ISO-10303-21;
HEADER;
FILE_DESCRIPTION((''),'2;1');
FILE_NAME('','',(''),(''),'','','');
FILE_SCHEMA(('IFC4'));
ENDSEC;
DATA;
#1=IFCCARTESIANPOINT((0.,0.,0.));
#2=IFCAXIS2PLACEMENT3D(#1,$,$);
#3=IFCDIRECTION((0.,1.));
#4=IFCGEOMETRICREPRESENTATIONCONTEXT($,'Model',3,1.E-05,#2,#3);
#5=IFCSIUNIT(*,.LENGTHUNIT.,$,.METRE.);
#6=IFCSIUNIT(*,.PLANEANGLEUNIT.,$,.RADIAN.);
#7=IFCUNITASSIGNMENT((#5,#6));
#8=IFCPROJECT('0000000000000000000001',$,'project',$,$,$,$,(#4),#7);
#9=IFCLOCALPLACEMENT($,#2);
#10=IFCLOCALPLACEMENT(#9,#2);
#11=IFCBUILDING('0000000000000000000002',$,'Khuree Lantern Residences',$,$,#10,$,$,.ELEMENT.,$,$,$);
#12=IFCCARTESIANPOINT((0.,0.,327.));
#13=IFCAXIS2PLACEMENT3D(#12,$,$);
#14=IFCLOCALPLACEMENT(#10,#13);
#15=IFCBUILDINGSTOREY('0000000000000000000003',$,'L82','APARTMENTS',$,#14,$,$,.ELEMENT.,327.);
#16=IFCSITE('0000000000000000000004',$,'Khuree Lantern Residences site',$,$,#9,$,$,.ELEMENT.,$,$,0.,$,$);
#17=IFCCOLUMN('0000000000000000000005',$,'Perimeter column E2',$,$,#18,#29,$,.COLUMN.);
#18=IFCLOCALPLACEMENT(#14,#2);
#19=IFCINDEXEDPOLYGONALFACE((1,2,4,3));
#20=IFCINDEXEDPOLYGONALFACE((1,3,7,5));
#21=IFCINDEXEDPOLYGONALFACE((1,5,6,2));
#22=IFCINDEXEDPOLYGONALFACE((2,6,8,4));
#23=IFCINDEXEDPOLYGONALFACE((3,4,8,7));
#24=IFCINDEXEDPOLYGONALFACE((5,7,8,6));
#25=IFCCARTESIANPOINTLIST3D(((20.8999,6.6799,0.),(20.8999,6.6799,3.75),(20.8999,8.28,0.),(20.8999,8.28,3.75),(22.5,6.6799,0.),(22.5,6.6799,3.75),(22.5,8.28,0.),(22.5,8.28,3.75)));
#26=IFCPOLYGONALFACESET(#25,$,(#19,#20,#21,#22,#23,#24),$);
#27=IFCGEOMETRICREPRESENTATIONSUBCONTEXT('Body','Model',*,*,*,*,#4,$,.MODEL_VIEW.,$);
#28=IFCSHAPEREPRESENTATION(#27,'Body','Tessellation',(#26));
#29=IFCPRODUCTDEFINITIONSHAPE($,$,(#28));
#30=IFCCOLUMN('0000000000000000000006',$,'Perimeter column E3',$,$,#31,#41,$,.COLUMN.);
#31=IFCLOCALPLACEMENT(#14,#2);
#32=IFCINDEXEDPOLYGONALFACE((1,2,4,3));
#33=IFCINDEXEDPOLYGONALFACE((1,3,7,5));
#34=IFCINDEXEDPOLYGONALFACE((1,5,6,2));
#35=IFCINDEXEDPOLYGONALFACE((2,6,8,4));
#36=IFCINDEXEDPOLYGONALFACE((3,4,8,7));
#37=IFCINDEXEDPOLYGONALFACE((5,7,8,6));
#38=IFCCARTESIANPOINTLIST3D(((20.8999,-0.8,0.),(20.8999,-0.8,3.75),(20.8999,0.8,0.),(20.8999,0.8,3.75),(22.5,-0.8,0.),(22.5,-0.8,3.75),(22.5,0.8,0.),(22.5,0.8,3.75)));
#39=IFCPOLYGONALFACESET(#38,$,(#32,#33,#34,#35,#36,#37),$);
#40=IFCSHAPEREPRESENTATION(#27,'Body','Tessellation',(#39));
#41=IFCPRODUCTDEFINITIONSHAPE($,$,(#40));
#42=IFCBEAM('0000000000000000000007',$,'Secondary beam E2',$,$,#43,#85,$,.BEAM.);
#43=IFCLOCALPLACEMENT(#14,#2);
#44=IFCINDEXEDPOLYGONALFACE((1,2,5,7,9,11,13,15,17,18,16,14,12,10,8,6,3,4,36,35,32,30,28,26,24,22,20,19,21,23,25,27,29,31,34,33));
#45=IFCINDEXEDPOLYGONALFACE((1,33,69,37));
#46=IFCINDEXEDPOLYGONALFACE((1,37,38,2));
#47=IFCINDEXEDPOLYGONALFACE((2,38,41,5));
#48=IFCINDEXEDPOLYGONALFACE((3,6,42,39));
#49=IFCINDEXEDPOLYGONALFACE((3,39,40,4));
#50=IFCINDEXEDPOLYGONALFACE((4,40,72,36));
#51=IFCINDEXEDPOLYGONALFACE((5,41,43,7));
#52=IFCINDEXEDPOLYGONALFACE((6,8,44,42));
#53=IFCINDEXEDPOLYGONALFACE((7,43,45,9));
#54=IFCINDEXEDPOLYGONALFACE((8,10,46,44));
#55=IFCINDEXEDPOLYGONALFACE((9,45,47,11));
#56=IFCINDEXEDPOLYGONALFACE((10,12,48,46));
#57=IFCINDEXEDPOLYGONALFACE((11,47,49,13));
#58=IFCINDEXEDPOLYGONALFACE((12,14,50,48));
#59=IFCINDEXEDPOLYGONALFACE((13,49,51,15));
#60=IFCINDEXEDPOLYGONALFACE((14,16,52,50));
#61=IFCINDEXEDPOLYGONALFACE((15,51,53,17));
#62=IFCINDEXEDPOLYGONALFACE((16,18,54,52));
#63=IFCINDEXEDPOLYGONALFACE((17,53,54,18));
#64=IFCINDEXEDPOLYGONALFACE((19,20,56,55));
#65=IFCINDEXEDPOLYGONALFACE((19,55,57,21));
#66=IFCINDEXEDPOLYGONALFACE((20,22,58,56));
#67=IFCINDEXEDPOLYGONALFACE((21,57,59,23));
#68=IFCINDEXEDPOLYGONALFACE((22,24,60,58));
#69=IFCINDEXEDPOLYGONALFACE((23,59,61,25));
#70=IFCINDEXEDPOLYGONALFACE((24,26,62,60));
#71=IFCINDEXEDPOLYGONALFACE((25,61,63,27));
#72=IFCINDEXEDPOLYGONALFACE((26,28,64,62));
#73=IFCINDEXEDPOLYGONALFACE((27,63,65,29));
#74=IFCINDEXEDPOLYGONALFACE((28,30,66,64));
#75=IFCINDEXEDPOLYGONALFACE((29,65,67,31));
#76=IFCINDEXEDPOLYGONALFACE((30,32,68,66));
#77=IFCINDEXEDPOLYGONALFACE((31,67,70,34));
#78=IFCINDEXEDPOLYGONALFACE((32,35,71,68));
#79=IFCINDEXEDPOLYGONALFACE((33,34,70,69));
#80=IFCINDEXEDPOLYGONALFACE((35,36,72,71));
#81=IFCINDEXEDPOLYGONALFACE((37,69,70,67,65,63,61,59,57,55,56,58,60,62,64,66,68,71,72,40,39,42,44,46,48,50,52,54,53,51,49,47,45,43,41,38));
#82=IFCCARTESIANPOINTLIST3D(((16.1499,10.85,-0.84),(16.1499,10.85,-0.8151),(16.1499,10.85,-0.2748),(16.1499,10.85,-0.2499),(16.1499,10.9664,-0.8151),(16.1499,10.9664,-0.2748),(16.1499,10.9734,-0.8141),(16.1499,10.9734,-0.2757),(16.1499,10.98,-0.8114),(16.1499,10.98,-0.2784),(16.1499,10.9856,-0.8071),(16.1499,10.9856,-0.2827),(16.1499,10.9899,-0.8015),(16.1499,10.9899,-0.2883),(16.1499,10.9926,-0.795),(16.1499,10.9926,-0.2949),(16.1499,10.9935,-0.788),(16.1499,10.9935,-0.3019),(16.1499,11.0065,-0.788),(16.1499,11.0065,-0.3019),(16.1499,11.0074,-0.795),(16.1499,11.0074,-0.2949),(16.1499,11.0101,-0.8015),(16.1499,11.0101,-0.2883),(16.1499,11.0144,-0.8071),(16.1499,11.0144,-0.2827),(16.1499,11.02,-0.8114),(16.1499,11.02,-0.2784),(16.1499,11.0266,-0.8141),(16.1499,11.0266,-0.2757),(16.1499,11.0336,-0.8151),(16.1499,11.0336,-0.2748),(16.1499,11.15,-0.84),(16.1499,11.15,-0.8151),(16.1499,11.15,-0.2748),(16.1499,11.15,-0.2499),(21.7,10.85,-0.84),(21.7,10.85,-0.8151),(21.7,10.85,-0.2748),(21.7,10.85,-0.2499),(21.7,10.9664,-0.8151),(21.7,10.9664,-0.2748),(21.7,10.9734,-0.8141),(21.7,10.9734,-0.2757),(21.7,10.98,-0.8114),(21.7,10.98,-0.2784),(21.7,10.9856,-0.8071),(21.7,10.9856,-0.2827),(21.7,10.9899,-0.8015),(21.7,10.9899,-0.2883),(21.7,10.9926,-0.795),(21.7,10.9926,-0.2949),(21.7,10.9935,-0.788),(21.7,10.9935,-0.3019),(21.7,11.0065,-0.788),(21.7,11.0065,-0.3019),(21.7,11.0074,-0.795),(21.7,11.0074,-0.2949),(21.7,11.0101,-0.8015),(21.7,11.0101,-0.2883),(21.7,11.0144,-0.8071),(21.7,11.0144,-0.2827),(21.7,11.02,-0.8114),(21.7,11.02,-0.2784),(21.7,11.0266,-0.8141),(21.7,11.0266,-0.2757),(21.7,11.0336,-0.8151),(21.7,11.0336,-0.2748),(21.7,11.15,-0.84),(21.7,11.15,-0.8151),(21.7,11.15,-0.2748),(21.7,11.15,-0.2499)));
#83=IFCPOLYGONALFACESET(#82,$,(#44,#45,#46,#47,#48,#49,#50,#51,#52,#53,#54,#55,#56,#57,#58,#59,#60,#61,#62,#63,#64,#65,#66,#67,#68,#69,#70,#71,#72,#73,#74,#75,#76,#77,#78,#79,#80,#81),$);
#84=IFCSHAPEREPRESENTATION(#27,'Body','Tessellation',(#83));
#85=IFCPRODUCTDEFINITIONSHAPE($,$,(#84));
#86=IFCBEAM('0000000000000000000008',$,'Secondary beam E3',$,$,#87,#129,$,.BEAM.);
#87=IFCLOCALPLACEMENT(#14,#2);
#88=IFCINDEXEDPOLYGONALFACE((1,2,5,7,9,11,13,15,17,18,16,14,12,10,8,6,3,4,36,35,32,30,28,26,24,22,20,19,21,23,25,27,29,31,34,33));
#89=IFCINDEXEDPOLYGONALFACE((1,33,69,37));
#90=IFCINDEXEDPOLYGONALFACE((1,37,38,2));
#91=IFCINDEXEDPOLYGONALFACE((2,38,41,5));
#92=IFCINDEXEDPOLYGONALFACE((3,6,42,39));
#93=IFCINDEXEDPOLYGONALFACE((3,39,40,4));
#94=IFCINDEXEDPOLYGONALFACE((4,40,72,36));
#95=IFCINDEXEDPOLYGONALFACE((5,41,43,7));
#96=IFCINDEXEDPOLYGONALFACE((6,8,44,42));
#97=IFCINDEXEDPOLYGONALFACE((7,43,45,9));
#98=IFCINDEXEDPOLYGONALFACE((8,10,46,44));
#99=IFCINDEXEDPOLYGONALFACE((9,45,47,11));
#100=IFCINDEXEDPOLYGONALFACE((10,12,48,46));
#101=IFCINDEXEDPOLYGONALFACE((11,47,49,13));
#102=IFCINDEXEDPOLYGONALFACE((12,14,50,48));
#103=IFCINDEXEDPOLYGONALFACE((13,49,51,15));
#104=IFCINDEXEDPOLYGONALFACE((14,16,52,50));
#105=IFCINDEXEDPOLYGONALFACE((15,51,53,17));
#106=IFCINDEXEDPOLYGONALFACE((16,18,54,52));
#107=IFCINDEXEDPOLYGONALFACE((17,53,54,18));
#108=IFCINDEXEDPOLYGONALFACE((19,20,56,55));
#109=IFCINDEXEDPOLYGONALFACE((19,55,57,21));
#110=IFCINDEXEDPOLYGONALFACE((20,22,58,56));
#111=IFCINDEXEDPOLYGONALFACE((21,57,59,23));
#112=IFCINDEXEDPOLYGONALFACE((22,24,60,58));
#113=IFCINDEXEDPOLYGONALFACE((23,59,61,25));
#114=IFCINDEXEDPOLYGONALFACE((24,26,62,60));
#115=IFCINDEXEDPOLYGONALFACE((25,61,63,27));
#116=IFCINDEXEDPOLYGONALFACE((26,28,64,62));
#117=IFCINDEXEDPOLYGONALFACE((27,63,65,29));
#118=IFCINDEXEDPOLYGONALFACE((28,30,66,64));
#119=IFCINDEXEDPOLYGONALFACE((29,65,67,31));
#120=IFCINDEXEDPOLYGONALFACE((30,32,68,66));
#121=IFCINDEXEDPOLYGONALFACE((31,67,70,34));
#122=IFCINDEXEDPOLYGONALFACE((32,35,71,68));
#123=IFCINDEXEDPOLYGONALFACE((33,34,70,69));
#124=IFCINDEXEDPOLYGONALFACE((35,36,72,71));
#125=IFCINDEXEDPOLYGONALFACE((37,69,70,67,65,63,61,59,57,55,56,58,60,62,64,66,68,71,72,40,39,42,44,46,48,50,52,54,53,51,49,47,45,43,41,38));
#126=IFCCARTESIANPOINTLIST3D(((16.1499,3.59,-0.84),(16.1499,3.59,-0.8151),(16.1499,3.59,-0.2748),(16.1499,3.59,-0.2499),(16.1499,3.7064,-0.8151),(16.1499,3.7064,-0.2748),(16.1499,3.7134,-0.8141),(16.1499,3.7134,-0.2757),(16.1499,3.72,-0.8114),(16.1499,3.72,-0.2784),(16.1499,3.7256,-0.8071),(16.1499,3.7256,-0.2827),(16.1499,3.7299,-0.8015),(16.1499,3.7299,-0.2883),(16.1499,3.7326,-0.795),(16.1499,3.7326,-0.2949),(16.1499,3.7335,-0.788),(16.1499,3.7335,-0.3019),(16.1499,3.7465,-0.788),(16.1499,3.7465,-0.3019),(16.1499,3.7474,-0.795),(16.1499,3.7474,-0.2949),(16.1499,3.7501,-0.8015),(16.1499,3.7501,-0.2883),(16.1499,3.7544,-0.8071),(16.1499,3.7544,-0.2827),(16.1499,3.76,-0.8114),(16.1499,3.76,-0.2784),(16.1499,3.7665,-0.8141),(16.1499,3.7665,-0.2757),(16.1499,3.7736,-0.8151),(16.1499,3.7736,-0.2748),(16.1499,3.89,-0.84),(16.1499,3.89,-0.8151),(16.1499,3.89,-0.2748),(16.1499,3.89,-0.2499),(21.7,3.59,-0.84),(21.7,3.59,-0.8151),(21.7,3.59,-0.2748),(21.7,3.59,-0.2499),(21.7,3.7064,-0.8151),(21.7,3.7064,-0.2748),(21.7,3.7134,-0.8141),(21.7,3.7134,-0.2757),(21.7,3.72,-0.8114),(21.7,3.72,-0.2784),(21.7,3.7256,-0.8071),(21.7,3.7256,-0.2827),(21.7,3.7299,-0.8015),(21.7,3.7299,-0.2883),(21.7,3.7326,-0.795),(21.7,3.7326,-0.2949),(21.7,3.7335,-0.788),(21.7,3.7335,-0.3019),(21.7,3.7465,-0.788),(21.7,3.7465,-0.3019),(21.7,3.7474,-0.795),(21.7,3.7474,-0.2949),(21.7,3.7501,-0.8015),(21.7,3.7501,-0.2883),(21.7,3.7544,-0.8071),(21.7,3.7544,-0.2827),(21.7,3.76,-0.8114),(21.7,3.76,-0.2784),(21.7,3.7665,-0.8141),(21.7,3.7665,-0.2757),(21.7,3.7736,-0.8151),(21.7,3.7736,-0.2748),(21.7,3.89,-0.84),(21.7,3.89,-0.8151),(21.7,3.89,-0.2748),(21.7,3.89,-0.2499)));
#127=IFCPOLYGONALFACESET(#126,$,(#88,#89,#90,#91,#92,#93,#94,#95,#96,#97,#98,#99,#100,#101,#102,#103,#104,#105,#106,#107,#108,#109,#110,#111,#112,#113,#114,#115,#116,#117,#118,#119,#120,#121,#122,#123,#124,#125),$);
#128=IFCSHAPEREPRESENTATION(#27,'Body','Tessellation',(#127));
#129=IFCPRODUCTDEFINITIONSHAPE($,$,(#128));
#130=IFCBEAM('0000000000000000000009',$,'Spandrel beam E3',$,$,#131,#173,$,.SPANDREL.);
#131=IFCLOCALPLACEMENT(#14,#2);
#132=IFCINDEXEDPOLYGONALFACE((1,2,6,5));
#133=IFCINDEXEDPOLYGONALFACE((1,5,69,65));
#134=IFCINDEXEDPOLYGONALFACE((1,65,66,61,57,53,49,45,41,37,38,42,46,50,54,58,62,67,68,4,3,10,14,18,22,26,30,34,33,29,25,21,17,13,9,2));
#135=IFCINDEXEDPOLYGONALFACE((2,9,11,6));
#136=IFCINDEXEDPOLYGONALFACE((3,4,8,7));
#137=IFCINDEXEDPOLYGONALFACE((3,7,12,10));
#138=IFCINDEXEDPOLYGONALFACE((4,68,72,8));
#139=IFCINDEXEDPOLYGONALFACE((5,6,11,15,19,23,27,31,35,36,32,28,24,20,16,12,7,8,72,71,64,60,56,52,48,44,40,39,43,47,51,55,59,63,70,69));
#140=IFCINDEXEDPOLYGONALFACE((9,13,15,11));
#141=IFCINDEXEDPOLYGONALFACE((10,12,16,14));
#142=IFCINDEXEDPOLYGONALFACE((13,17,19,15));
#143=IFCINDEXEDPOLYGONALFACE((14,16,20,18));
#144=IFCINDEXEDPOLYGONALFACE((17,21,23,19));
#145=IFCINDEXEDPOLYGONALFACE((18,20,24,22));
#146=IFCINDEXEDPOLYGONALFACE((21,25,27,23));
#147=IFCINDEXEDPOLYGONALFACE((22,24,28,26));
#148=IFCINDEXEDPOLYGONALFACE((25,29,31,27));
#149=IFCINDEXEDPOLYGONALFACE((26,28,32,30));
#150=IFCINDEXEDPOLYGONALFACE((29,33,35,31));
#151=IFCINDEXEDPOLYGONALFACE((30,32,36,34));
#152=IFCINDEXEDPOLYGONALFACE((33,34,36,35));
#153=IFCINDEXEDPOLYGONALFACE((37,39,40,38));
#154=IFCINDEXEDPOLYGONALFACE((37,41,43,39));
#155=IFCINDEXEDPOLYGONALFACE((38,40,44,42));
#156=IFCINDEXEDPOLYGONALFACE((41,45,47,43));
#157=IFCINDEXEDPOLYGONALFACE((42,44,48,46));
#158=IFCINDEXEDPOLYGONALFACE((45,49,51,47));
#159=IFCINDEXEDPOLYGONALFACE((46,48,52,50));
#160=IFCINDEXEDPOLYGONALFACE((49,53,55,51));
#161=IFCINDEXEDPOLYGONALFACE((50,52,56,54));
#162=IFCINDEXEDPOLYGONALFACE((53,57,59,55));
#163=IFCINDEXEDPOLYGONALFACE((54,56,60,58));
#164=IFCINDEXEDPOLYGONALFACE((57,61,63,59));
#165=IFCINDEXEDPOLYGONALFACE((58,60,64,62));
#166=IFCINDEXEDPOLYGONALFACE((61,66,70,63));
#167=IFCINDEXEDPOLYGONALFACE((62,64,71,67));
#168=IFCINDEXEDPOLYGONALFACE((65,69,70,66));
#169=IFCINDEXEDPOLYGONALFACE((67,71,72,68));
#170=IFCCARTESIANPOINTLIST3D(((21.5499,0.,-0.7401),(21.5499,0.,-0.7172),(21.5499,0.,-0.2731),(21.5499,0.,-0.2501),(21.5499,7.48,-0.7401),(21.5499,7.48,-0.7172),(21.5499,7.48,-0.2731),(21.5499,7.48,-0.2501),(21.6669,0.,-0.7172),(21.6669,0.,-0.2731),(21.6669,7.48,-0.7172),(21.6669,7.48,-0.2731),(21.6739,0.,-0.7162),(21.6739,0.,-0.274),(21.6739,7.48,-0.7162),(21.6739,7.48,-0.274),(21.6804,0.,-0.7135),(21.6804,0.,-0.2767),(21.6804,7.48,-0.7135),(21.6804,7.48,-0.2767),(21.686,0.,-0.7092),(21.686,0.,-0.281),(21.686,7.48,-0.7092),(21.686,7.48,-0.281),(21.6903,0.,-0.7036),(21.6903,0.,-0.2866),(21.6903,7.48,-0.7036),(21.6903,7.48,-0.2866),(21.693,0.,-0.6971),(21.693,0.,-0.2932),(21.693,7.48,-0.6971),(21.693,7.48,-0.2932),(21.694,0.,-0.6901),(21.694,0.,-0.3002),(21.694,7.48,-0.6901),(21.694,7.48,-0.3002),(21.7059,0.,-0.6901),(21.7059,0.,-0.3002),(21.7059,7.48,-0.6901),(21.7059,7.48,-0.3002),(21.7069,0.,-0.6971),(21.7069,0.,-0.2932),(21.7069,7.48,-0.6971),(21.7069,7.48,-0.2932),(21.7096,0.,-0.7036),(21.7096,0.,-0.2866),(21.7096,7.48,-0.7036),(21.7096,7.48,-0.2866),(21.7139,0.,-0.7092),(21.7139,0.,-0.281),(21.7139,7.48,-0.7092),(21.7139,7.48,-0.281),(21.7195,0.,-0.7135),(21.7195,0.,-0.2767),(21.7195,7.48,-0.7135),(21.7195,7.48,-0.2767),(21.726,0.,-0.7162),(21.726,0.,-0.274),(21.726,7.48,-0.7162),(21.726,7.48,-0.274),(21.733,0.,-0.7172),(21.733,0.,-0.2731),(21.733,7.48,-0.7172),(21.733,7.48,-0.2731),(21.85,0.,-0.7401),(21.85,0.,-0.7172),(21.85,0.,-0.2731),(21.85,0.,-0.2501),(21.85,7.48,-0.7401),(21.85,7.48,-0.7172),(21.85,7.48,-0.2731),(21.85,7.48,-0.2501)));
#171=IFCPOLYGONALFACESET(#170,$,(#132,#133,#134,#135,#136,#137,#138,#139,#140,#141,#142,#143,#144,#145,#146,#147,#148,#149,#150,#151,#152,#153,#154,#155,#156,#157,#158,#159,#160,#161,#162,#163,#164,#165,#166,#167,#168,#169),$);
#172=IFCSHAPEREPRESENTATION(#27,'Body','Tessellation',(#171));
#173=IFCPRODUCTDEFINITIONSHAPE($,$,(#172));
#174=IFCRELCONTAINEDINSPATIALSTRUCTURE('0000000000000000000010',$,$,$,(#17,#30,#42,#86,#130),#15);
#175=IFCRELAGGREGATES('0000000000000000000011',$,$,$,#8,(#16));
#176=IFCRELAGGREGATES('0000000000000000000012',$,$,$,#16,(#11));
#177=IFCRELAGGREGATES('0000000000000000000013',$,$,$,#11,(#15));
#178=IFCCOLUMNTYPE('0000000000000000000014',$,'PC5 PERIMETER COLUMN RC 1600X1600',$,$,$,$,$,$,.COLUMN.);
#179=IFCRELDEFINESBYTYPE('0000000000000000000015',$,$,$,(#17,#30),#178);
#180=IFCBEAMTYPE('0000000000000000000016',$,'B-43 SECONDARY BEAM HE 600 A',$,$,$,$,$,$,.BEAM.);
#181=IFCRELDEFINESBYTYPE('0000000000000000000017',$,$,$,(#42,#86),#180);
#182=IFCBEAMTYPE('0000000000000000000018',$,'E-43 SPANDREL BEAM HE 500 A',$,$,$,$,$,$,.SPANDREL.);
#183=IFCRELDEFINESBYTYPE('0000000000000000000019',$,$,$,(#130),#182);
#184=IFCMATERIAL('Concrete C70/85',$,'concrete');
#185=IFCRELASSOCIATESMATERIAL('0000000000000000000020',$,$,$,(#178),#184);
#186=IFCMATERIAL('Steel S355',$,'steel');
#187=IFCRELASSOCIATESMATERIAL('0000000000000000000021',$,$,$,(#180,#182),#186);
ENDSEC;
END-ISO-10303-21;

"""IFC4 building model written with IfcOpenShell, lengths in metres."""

from ifc_helpers import new_model, si_unit, direction, frame, origin, origin_2d, place, context, subcontext, project, spatial, rectangle, i_section, extrude, material, material_profile, profile_set, type_object, element, save


model = new_model("IFC4")

# Units and contexts
model_context = context("Model", 3, precision=1e-05, world=origin(), true_north=direction((0.0, 1.0)))
body_context = subcontext(model_context, "Body", "Model", "MODEL_VIEW")
ifc_project = project(units=[si_unit("LENGTHUNIT", "METRE"), si_unit("PLANEANGLEUNIT", "RADIAN")], contexts=[model_context])

# Site, building, storey
site_placement = place(None, origin())
site = spatial("IfcSite", under=ifc_project, at=site_placement, Name="Khuree Lantern Residences site", CompositionType="ELEMENT", RefElevation=0.0)
building_placement = place(site_placement, origin())
building = spatial("IfcBuilding", under=site, at=building_placement, Name="Khuree Lantern Residences", CompositionType="ELEMENT")
storey_placement = place(building_placement, frame((0.0, 0.0, 327.0)))
storey = spatial("IfcBuildingStorey", under=building, at=storey_placement, Name="L82", Description="APARTMENTS", CompositionType="ELEMENT", Elevation=327.0)

# Columns
ifc_material_1 = material(Name="Concrete C70/85", Category="concrete")
ifc_material_profile_1 = material_profile(ifc_material_1, rectangle(XDim=1.6001, YDim=1.6001, at=origin_2d()), Name="RC 1600X1600")
ifc_profile_set_1 = profile_set([ifc_material_profile_1], Name="Concrete C70/85")
column_type = type_object("IfcColumnType", Name="PC5 PERIMETER COLUMN RC 1600X1600", PredefinedType="COLUMN", material=ifc_profile_set_1)
for number, where, z_axis, x_axis, name in (
    (1, (21.7, 7.48, 0.0), (0.0, 0.0, 1.0), (0.0, 1.0, 0.0), "Perimeter column E2"),
    (2, (21.7, 0.0, 0.0), (0.0, 0.0, 1.0), (0.0, 1.0, 0.0), "Perimeter column E3"),
):
    element("IfcColumn", number, at=place(storey_placement, frame(where, z_axis=z_axis, x_axis=x_axis)), inside=storey, type_object=column_type, Name=name, PredefinedType="COLUMN", context=body_context, shape_type="SweptSolid", body=[
        extrude(rectangle(XDim=1.6001, YDim=1.6001, at=origin_2d()), origin(), (0.0, 0.0, 1.0), 3.75),
    ])

# Beams
ifc_material_2 = material(Name="Steel S355", Category="steel")
ifc_material_profile_2 = material_profile(ifc_material_2, i_section(OverallWidth=0.3, OverallDepth=0.5901, WebThickness=0.0129, FlangeThickness=0.0249, FilletRadius=0.0271, at=origin_2d()), Name="HE 600 A")
ifc_profile_set_2 = profile_set([ifc_material_profile_2], Name="Steel S355")
beam_type_1 = type_object("IfcBeamType", Name="B-43 SECONDARY BEAM HE 600 A", PredefinedType="BEAM", material=ifc_profile_set_2)
for number, where, z_axis, x_axis, name in (
    (3, (21.7, 11.0, -0.5449), (-1.0, 0.0, 0.0), (0.0, -1.0, 0.0), "Secondary beam E2"),
    (4, (21.7, 3.74, -0.5449), (-1.0, 0.0, 0.0), (0.0, -1.0, 0.0), "Secondary beam E3"),
):
    element("IfcBeam", number, at=place(storey_placement, frame(where, z_axis=z_axis, x_axis=x_axis)), inside=storey, type_object=beam_type_1, Name=name, PredefinedType="BEAM", context=body_context, shape_type="SweptSolid", body=[
        extrude(i_section(OverallWidth=0.3, OverallDepth=0.5901, WebThickness=0.0129, FlangeThickness=0.0249, FilletRadius=0.0271, at=origin_2d()), origin(), (0.0, 0.0, 1.0), 5.55),
    ])
ifc_material_profile_3 = material_profile(ifc_material_2, i_section(OverallWidth=0.3, OverallDepth=0.49, WebThickness=0.012, FlangeThickness=0.0229, FilletRadius=0.0271, at=origin_2d()), Name="HE 500 A")
ifc_profile_set_3 = profile_set([ifc_material_profile_3], Name="Steel S355")
beam_type_2 = type_object("IfcBeamType", Name="E-43 SPANDREL BEAM HE 500 A", PredefinedType="SPANDREL", material=ifc_profile_set_3)
for number, where, z_axis, x_axis, name in (
    (5, (21.7, 7.48, -0.4951), (0.0, -1.0, 0.0), (1.0, 0.0, 0.0), "Spandrel beam E3"),
):
    element("IfcBeam", number, at=place(storey_placement, frame(where, z_axis=z_axis, x_axis=x_axis)), inside=storey, type_object=beam_type_2, Name=name, PredefinedType="SPANDREL", context=body_context, shape_type="SweptSolid", body=[
        extrude(i_section(OverallWidth=0.3, OverallDepth=0.49, WebThickness=0.012, FlangeThickness=0.0229, FilletRadius=0.0271, at=origin_2d()), origin(), (0.0, 0.0, 1.0), 7.48),
    ])

save(model, "model.ifc")
